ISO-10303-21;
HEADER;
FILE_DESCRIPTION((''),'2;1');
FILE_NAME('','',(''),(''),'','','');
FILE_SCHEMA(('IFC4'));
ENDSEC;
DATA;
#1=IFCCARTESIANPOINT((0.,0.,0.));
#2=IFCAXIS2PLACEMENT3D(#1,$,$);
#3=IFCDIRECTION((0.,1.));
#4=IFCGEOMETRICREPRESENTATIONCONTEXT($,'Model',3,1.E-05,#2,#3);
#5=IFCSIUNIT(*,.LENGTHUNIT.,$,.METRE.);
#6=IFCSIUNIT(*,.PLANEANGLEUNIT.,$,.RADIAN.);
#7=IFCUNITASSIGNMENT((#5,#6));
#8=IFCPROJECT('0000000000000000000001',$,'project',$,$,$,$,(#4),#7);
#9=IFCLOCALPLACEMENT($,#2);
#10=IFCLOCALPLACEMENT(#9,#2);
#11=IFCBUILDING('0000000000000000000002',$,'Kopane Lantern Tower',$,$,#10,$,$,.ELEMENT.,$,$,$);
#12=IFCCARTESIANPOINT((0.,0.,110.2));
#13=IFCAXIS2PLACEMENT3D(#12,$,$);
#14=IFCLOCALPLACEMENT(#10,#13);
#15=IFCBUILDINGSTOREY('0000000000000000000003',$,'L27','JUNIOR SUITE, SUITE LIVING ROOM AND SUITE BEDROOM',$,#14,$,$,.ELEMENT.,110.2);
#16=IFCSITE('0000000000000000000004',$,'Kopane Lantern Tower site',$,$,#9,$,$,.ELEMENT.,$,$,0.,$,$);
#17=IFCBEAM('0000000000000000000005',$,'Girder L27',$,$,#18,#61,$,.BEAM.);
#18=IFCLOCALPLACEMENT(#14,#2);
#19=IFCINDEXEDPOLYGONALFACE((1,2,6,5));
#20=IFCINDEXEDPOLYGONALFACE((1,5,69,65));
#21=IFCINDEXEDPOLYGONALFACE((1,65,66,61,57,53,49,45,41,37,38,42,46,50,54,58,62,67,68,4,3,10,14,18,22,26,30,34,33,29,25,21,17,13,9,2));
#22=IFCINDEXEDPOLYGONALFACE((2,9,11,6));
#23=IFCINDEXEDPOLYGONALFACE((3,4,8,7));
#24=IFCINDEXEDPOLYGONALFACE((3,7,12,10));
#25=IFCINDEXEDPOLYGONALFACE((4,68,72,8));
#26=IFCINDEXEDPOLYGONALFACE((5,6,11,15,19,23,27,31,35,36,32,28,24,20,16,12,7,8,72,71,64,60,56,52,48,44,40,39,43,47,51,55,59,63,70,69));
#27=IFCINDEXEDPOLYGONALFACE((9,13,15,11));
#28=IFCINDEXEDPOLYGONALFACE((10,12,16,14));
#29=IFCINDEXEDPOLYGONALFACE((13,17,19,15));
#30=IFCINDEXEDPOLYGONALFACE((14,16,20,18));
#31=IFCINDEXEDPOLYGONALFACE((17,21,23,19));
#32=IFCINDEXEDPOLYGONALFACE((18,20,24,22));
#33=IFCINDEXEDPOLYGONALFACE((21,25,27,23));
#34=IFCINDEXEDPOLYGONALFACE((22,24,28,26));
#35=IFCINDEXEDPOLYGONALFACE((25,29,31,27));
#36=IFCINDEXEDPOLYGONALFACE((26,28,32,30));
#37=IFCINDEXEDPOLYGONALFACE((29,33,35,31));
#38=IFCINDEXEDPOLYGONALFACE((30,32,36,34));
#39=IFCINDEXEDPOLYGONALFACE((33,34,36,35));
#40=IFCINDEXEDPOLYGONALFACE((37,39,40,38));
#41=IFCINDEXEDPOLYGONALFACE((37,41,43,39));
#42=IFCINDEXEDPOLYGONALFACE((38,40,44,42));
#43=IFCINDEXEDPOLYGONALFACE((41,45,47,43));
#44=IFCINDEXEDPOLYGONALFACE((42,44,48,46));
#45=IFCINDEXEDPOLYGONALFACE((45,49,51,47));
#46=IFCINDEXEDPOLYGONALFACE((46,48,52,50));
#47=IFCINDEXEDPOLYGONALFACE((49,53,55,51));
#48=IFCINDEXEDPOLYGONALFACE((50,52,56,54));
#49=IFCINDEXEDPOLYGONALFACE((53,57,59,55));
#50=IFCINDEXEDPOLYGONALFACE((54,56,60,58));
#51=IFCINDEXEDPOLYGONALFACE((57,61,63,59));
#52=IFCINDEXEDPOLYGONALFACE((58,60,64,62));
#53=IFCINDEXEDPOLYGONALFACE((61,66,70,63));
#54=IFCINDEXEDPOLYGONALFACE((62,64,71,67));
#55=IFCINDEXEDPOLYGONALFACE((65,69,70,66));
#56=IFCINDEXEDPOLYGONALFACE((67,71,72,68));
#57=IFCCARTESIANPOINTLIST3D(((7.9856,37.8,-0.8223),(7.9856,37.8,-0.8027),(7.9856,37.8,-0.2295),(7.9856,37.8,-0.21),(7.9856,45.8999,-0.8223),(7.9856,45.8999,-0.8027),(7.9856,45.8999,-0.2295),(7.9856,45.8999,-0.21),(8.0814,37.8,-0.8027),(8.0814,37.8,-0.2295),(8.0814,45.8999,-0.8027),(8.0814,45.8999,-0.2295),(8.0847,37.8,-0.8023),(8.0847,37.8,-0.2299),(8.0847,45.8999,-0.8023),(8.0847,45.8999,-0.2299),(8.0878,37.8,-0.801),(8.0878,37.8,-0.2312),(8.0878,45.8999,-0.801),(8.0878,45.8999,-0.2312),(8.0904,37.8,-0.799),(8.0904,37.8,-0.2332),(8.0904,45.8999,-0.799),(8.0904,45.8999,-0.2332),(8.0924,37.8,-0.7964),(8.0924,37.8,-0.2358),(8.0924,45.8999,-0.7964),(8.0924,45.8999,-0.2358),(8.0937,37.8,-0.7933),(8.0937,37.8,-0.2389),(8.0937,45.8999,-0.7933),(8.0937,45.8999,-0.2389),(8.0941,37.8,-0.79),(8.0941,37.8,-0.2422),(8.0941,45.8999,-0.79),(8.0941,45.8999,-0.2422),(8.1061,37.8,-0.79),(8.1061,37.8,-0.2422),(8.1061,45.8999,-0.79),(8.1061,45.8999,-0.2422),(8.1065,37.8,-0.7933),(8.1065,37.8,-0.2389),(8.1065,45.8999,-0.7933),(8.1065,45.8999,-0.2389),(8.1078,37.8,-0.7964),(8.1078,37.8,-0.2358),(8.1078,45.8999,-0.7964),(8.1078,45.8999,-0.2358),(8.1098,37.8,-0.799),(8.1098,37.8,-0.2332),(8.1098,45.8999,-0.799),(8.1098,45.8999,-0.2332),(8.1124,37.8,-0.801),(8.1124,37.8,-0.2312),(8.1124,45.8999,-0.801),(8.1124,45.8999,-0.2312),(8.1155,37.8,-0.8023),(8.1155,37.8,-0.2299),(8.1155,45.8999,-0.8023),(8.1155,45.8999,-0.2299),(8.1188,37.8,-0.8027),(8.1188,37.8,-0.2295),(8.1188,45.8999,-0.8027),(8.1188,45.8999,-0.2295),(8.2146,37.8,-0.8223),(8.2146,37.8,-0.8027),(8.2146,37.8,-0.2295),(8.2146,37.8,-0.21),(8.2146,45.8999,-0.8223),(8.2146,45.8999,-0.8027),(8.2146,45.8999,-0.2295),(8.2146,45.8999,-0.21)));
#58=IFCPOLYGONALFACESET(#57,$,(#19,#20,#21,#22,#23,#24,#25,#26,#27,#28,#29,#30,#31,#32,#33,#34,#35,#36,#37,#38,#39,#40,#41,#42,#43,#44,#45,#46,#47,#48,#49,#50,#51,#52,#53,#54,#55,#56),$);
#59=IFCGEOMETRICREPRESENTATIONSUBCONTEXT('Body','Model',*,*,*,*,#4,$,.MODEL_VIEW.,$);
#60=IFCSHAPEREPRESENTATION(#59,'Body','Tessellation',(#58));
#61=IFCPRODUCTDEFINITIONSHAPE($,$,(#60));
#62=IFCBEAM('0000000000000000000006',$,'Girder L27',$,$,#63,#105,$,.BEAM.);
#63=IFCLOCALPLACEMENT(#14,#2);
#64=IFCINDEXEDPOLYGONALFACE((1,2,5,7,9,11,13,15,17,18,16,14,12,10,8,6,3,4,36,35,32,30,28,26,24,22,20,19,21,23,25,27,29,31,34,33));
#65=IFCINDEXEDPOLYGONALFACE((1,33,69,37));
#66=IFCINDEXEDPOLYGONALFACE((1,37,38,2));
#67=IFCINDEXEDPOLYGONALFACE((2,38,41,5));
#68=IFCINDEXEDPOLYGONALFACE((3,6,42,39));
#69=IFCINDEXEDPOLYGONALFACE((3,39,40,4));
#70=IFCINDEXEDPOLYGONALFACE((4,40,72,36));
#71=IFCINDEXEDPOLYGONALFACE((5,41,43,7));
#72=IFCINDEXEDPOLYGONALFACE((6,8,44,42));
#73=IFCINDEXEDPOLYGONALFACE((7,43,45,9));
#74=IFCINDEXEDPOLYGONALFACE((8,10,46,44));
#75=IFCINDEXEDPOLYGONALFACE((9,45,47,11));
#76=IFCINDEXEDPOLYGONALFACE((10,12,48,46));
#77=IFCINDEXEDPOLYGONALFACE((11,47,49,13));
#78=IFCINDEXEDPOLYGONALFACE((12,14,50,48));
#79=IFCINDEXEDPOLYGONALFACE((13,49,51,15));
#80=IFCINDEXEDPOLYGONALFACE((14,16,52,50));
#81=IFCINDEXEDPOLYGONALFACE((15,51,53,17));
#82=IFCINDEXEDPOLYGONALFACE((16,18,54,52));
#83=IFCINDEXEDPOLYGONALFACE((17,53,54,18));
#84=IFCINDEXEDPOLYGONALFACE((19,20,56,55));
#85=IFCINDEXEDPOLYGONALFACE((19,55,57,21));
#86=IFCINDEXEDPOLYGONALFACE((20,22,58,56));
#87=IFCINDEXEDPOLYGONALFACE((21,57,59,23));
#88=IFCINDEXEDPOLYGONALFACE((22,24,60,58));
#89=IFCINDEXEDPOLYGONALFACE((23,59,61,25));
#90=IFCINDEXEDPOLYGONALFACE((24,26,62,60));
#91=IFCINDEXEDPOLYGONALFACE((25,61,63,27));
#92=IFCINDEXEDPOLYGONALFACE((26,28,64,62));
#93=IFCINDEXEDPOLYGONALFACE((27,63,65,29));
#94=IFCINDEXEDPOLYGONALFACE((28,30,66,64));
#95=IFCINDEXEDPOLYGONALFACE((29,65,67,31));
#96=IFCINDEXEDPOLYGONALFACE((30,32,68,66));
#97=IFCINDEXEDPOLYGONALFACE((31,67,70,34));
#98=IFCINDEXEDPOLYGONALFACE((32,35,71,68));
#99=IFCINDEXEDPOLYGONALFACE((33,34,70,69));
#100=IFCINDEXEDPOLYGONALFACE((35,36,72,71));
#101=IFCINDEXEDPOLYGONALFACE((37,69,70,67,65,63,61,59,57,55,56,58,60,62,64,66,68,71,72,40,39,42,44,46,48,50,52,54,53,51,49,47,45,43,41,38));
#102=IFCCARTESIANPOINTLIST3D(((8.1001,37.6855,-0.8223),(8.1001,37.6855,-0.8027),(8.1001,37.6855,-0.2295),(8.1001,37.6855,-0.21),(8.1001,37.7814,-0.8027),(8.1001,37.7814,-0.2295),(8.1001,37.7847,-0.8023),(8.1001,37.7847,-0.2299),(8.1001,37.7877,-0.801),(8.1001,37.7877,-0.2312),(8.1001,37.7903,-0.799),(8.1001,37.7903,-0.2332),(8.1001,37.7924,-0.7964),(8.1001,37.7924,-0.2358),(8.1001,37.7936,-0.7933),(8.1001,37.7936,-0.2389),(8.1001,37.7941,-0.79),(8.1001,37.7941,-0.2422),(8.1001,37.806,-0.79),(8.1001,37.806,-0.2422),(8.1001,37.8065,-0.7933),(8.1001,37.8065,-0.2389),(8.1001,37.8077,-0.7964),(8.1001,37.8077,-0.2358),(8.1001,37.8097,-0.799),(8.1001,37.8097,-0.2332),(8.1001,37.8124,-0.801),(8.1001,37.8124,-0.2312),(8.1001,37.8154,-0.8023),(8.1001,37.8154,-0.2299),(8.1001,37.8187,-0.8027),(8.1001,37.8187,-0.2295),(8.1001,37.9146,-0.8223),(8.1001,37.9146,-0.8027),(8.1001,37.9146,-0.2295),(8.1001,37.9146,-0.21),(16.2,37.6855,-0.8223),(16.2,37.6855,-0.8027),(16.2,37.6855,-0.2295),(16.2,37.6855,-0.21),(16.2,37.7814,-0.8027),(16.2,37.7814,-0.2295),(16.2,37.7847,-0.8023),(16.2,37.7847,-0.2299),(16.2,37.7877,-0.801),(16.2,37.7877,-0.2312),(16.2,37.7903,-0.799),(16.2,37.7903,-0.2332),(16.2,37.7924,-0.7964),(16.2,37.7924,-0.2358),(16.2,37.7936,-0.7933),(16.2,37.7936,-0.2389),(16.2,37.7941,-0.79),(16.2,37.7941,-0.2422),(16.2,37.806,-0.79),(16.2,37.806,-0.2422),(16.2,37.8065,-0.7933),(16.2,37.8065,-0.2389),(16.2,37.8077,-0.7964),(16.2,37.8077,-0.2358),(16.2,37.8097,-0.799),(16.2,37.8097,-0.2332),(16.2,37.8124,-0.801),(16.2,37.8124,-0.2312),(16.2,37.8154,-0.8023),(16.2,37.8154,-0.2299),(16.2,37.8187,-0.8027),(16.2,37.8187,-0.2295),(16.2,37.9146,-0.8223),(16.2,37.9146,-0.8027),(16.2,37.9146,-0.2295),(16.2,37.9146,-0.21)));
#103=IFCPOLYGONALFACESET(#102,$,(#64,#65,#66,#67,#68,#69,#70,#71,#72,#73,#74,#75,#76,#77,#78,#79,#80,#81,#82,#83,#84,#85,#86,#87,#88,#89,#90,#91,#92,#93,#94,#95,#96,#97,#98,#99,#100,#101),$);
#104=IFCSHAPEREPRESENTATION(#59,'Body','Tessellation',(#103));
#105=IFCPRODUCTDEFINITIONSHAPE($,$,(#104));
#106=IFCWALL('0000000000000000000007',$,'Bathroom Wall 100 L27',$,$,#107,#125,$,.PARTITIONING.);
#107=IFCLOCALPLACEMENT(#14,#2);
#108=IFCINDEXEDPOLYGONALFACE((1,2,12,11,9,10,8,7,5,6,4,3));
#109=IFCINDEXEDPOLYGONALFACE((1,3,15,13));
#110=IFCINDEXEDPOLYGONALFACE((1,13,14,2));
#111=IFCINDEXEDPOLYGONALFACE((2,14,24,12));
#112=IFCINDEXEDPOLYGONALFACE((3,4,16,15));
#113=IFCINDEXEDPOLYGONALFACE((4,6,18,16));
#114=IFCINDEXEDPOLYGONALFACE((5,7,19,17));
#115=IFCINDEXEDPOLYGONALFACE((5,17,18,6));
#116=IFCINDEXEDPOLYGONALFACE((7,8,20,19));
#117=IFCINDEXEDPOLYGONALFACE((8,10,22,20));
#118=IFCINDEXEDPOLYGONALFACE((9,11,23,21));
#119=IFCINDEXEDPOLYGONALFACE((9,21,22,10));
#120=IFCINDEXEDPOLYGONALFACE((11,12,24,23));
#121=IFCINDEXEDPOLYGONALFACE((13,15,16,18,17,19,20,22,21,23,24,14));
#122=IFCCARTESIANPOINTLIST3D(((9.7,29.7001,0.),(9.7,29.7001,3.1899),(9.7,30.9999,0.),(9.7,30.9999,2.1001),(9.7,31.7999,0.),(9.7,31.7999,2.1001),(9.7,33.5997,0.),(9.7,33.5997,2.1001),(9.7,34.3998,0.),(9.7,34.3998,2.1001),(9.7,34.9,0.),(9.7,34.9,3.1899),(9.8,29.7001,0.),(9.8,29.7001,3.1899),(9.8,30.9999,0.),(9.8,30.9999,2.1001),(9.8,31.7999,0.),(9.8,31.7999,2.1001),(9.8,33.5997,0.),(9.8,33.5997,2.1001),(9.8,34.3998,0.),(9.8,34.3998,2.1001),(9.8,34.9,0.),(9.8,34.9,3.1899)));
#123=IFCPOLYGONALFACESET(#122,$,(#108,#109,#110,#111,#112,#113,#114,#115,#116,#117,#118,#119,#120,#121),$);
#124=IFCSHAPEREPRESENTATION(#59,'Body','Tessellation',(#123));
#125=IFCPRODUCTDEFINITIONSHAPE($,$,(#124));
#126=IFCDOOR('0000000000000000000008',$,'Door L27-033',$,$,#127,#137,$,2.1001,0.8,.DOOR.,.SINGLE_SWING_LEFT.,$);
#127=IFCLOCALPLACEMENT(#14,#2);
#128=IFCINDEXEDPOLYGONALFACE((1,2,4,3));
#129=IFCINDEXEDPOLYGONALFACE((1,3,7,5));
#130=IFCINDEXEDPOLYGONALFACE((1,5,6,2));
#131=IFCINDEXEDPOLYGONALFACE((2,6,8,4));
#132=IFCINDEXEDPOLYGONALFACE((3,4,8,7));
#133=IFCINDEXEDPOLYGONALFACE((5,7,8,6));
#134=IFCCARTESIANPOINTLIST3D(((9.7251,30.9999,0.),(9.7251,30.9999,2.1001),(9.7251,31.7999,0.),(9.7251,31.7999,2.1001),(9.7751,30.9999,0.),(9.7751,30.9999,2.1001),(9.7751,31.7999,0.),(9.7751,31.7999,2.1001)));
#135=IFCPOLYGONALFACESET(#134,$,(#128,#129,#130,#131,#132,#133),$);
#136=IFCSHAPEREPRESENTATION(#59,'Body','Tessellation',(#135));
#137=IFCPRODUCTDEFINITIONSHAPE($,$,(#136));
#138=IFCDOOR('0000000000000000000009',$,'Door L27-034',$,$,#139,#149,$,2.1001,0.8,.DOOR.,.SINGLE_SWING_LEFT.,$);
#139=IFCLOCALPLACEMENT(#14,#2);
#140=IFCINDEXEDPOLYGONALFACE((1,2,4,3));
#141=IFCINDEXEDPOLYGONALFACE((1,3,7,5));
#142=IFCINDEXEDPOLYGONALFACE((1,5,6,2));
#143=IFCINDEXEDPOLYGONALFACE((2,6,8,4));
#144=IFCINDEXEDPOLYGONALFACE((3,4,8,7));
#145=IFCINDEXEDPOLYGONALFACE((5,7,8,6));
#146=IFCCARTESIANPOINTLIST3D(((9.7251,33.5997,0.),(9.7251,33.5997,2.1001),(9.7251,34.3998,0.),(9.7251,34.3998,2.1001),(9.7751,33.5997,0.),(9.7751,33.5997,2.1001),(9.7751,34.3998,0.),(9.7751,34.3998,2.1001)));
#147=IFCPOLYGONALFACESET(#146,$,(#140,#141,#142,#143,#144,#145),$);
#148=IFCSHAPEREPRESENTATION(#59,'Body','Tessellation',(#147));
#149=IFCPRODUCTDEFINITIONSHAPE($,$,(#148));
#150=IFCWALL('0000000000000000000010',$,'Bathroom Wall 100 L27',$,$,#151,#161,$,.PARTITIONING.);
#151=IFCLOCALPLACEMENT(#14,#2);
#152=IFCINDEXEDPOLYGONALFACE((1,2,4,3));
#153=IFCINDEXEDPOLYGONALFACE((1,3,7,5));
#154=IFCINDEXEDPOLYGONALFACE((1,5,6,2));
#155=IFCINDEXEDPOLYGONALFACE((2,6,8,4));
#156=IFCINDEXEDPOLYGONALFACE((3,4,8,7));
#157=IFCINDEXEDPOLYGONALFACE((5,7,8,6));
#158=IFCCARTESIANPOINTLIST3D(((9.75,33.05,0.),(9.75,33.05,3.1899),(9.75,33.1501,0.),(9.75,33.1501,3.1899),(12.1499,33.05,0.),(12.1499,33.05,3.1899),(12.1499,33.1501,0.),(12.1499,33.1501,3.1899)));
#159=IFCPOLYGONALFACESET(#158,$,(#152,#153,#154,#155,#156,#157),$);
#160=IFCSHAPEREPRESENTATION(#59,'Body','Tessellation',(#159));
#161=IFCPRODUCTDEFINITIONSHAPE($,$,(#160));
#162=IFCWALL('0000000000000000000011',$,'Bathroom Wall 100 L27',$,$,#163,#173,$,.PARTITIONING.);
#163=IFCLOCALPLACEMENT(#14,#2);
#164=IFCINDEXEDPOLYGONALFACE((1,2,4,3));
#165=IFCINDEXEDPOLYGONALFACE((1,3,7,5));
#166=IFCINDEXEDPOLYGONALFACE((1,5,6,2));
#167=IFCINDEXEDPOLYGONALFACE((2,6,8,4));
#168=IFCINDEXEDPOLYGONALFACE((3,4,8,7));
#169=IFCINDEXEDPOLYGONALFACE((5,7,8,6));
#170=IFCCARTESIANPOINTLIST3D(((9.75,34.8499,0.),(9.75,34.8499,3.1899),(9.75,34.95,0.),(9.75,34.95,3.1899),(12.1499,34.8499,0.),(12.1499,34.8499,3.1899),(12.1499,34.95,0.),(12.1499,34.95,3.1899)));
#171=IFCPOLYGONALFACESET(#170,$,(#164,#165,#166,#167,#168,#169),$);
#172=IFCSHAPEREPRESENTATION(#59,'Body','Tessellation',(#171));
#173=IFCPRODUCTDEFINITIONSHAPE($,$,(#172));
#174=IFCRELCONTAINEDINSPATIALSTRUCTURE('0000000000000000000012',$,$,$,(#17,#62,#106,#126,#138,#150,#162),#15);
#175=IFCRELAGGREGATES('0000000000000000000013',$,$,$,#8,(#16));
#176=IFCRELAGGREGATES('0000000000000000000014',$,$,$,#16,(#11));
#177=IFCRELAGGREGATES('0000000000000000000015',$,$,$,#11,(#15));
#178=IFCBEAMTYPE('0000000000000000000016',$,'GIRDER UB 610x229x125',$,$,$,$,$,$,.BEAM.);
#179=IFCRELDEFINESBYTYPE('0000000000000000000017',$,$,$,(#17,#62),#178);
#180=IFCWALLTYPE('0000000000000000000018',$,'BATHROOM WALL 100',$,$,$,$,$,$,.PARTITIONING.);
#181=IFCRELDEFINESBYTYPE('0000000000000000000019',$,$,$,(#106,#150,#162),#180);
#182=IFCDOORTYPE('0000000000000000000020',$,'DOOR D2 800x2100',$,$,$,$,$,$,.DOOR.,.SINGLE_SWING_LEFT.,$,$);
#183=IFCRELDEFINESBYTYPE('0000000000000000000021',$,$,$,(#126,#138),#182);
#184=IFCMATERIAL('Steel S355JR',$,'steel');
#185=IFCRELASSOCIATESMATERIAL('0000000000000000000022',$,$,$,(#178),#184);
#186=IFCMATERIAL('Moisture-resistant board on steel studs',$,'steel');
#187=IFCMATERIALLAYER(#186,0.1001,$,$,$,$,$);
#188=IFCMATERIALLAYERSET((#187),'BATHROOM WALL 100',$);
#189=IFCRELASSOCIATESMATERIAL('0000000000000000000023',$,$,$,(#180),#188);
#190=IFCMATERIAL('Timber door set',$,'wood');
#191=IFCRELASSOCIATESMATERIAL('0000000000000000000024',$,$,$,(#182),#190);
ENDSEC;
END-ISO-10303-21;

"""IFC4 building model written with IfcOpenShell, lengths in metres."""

from ifc_helpers import new_model, si_unit, direction, frame, frame_2d, origin, origin_2d, place, context, subcontext, project, spatial, rectangle, i_section, extrude, material, layer, layer_set, material_profile, profile_set, type_object, element, fill, save


model = new_model("IFC4")

# Units and contexts
model_context = context("Model", 3, precision=1e-05, world=origin(), true_north=direction((0.0, 1.0)))
body_context = subcontext(model_context, "Body", "Model", "MODEL_VIEW")
ifc_project = project(units=[si_unit("LENGTHUNIT", "METRE"), si_unit("PLANEANGLEUNIT", "RADIAN")], contexts=[model_context])

# Site, building, storey
site_placement = place(None, origin())
site = spatial("IfcSite", under=ifc_project, at=site_placement, Name="Kopane Lantern Tower site", CompositionType="ELEMENT", RefElevation=0.0)
building_placement = place(site_placement, origin())
building = spatial("IfcBuilding", under=site, at=building_placement, Name="Kopane Lantern Tower", CompositionType="ELEMENT")
storey_placement = place(building_placement, frame((0.0, 0.0, 110.2)))
storey = spatial("IfcBuildingStorey", under=building, at=storey_placement, Name="L27", Description="JUNIOR SUITE, SUITE LIVING ROOM AND SUITE BEDROOM", CompositionType="ELEMENT", Elevation=110.2)

# Beams
ifc_material_1 = material(Name="Steel S355JR", Category="steel")
ifc_material_profile_1 = material_profile(ifc_material_1, i_section(OverallWidth=0.229, OverallDepth=0.6123, WebThickness=0.012, FlangeThickness=0.0195, FilletRadius=0.0127, at=origin_2d()), Name="UB 610x229x125")
ifc_profile_set_1 = profile_set([ifc_material_profile_1], Name="Steel S355JR")
beam_type = type_object("IfcBeamType", Name="GIRDER UB 610x229x125", PredefinedType="BEAM", material=ifc_profile_set_1)
for number, where, z_axis, x_axis, name in (
    (1, (8.1001, 37.8, -0.5161), (0.0, 1.0, 0.0), (-1.0, 0.0, 0.0), "Girder L27"),
    (2, (8.1001, 37.8, -0.5161), (1.0, 0.0, 0.0), (0.0, 1.0, 0.0), "Girder L27"),
):
    element("IfcBeam", number, at=place(storey_placement, frame(where, z_axis=z_axis, x_axis=x_axis)), inside=storey, type_object=beam_type, Name=name, PredefinedType="BEAM", context=body_context, shape_type="SweptSolid", body=[
        extrude(i_section(OverallWidth=0.229, OverallDepth=0.6123, WebThickness=0.012, FlangeThickness=0.0195, FilletRadius=0.0127, at=origin_2d()), origin(), (0.0, 0.0, 1.0), 8.0999),
    ])

# Wall, openings, doors
ifc_material_2 = material(Name="Moisture-resistant board on steel studs", Category="steel")
ifc_layer_1 = layer(ifc_material_2, 0.1001)
ifc_layer_set_1 = layer_set([ifc_layer_1], Name="BATHROOM WALL 100")
wall_type_1 = type_object("IfcWallType", Name="BATHROOM WALL 100", PredefinedType="PARTITIONING", material=ifc_layer_set_1)
wall_1_placement = place(storey_placement, frame((9.75, 29.7, 0.0), z_axis=(0.0, 0.0, 1.0), x_axis=(0.0, 1.0, 0.0)))
wall_1 = element("IfcWall", 3, at=wall_1_placement, inside=storey, type_object=wall_type_1, Name="Bathroom Wall 100 L27", PredefinedType="PARTITIONING", context=body_context, shape_type="SweptSolid", body=[
    extrude(rectangle(XDim=5.2, YDim=0.1001, at=frame_2d((2.6001, 0.0))), origin(), (0.0, 0.0, 1.0), 3.1899),
])
opening_1_placement = place(wall_1_placement, frame((1.3, 0.0, 0.0)))
opening_1 = element("IfcOpeningElement", 4, at=opening_1_placement, cuts=wall_1, PredefinedType="OPENING", context=body_context, shape_type="SweptSolid", body=[
    extrude(rectangle(XDim=0.8, YDim=2.1001, at=frame_2d((0.3999, 1.05))), frame((0.0, 0.0601, 0.0), z_axis=(0.0, -1.0, 0.0), x_axis=(1.0, 0.0, 0.0)), (0.0, 0.0, 1.0), 0.1201),
])
opening_2_placement = place(wall_1_placement, frame((3.8999, 0.0, 0.0)))
opening_2 = element("IfcOpeningElement", 5, at=opening_2_placement, cuts=wall_1, PredefinedType="OPENING", context=body_context, shape_type="SweptSolid", body=[
    extrude(rectangle(XDim=0.8, YDim=2.1001, at=frame_2d((0.3999, 1.05))), frame((0.0, 0.0601, 0.0), z_axis=(0.0, -1.0, 0.0), x_axis=(1.0, 0.0, 0.0)), (0.0, 0.0, 1.0), 0.1201),
])
ifc_material_3 = material(Name="Timber door set", Category="wood")
door_type_1 = type_object("IfcDoorType", Name="DOOR D2 800x2100", OperationType="SINGLE_SWING_LEFT", PredefinedType="DOOR", material=ifc_material_3)
door_1_placement = place(opening_1_placement, origin())
door_1 = element("IfcDoor", 6, at=door_1_placement, inside=storey, type_object=door_type_1, Name="Door L27-033", OperationType="SINGLE_SWING_LEFT", OverallHeight=2.1001, OverallWidth=0.8, PredefinedType="DOOR", context=body_context, shape_type="SweptSolid", body=[
    extrude(rectangle(XDim=0.8, YDim=2.1001, at=frame_2d((0.3999, 1.05))), frame((0.0, 0.0249, 0.0), z_axis=(0.0, -1.0, 0.0), x_axis=(1.0, 0.0, 0.0)), (0.0, 0.0, 1.0), 0.05),
])
fill(opening_1, door_1)
door_2_placement = place(opening_2_placement, origin())
door_2 = element("IfcDoor", 7, at=door_2_placement, inside=storey, type_object=door_type_1, Name="Door L27-034", OperationType="SINGLE_SWING_LEFT", OverallHeight=2.1001, OverallWidth=0.8, PredefinedType="DOOR", context=body_context, shape_type="SweptSolid", body=[
    extrude(rectangle(XDim=0.8, YDim=2.1001, at=frame_2d((0.3999, 1.05))), frame((0.0, 0.0249, 0.0), z_axis=(0.0, -1.0, 0.0), x_axis=(1.0, 0.0, 0.0)), (0.0, 0.0, 1.0), 0.05),
])
fill(opening_2, door_2)

# Walls
for number, where, z_axis, x_axis, name in (
    (8, (12.1499, 33.1001, 0.0), (0.0, 0.0, 1.0), (-1.0, 0.0, 0.0), "Bathroom Wall 100 L27"),
    (9, (12.1499, 34.8999, 0.0), (0.0, 0.0, 1.0), (-1.0, 0.0, 0.0), "Bathroom Wall 100 L27"),
):
    element("IfcWall", number, at=place(storey_placement, frame(where, z_axis=z_axis, x_axis=x_axis)), inside=storey, type_object=wall_type_1, Name=name, PredefinedType="PARTITIONING", context=body_context, shape_type="SweptSolid", body=[
        extrude(rectangle(XDim=2.3999, YDim=0.1001, at=frame_2d((1.2, 0.0))), origin(), (0.0, 0.0, 1.0), 3.1899),
    ])

save(model, "model.ifc")
